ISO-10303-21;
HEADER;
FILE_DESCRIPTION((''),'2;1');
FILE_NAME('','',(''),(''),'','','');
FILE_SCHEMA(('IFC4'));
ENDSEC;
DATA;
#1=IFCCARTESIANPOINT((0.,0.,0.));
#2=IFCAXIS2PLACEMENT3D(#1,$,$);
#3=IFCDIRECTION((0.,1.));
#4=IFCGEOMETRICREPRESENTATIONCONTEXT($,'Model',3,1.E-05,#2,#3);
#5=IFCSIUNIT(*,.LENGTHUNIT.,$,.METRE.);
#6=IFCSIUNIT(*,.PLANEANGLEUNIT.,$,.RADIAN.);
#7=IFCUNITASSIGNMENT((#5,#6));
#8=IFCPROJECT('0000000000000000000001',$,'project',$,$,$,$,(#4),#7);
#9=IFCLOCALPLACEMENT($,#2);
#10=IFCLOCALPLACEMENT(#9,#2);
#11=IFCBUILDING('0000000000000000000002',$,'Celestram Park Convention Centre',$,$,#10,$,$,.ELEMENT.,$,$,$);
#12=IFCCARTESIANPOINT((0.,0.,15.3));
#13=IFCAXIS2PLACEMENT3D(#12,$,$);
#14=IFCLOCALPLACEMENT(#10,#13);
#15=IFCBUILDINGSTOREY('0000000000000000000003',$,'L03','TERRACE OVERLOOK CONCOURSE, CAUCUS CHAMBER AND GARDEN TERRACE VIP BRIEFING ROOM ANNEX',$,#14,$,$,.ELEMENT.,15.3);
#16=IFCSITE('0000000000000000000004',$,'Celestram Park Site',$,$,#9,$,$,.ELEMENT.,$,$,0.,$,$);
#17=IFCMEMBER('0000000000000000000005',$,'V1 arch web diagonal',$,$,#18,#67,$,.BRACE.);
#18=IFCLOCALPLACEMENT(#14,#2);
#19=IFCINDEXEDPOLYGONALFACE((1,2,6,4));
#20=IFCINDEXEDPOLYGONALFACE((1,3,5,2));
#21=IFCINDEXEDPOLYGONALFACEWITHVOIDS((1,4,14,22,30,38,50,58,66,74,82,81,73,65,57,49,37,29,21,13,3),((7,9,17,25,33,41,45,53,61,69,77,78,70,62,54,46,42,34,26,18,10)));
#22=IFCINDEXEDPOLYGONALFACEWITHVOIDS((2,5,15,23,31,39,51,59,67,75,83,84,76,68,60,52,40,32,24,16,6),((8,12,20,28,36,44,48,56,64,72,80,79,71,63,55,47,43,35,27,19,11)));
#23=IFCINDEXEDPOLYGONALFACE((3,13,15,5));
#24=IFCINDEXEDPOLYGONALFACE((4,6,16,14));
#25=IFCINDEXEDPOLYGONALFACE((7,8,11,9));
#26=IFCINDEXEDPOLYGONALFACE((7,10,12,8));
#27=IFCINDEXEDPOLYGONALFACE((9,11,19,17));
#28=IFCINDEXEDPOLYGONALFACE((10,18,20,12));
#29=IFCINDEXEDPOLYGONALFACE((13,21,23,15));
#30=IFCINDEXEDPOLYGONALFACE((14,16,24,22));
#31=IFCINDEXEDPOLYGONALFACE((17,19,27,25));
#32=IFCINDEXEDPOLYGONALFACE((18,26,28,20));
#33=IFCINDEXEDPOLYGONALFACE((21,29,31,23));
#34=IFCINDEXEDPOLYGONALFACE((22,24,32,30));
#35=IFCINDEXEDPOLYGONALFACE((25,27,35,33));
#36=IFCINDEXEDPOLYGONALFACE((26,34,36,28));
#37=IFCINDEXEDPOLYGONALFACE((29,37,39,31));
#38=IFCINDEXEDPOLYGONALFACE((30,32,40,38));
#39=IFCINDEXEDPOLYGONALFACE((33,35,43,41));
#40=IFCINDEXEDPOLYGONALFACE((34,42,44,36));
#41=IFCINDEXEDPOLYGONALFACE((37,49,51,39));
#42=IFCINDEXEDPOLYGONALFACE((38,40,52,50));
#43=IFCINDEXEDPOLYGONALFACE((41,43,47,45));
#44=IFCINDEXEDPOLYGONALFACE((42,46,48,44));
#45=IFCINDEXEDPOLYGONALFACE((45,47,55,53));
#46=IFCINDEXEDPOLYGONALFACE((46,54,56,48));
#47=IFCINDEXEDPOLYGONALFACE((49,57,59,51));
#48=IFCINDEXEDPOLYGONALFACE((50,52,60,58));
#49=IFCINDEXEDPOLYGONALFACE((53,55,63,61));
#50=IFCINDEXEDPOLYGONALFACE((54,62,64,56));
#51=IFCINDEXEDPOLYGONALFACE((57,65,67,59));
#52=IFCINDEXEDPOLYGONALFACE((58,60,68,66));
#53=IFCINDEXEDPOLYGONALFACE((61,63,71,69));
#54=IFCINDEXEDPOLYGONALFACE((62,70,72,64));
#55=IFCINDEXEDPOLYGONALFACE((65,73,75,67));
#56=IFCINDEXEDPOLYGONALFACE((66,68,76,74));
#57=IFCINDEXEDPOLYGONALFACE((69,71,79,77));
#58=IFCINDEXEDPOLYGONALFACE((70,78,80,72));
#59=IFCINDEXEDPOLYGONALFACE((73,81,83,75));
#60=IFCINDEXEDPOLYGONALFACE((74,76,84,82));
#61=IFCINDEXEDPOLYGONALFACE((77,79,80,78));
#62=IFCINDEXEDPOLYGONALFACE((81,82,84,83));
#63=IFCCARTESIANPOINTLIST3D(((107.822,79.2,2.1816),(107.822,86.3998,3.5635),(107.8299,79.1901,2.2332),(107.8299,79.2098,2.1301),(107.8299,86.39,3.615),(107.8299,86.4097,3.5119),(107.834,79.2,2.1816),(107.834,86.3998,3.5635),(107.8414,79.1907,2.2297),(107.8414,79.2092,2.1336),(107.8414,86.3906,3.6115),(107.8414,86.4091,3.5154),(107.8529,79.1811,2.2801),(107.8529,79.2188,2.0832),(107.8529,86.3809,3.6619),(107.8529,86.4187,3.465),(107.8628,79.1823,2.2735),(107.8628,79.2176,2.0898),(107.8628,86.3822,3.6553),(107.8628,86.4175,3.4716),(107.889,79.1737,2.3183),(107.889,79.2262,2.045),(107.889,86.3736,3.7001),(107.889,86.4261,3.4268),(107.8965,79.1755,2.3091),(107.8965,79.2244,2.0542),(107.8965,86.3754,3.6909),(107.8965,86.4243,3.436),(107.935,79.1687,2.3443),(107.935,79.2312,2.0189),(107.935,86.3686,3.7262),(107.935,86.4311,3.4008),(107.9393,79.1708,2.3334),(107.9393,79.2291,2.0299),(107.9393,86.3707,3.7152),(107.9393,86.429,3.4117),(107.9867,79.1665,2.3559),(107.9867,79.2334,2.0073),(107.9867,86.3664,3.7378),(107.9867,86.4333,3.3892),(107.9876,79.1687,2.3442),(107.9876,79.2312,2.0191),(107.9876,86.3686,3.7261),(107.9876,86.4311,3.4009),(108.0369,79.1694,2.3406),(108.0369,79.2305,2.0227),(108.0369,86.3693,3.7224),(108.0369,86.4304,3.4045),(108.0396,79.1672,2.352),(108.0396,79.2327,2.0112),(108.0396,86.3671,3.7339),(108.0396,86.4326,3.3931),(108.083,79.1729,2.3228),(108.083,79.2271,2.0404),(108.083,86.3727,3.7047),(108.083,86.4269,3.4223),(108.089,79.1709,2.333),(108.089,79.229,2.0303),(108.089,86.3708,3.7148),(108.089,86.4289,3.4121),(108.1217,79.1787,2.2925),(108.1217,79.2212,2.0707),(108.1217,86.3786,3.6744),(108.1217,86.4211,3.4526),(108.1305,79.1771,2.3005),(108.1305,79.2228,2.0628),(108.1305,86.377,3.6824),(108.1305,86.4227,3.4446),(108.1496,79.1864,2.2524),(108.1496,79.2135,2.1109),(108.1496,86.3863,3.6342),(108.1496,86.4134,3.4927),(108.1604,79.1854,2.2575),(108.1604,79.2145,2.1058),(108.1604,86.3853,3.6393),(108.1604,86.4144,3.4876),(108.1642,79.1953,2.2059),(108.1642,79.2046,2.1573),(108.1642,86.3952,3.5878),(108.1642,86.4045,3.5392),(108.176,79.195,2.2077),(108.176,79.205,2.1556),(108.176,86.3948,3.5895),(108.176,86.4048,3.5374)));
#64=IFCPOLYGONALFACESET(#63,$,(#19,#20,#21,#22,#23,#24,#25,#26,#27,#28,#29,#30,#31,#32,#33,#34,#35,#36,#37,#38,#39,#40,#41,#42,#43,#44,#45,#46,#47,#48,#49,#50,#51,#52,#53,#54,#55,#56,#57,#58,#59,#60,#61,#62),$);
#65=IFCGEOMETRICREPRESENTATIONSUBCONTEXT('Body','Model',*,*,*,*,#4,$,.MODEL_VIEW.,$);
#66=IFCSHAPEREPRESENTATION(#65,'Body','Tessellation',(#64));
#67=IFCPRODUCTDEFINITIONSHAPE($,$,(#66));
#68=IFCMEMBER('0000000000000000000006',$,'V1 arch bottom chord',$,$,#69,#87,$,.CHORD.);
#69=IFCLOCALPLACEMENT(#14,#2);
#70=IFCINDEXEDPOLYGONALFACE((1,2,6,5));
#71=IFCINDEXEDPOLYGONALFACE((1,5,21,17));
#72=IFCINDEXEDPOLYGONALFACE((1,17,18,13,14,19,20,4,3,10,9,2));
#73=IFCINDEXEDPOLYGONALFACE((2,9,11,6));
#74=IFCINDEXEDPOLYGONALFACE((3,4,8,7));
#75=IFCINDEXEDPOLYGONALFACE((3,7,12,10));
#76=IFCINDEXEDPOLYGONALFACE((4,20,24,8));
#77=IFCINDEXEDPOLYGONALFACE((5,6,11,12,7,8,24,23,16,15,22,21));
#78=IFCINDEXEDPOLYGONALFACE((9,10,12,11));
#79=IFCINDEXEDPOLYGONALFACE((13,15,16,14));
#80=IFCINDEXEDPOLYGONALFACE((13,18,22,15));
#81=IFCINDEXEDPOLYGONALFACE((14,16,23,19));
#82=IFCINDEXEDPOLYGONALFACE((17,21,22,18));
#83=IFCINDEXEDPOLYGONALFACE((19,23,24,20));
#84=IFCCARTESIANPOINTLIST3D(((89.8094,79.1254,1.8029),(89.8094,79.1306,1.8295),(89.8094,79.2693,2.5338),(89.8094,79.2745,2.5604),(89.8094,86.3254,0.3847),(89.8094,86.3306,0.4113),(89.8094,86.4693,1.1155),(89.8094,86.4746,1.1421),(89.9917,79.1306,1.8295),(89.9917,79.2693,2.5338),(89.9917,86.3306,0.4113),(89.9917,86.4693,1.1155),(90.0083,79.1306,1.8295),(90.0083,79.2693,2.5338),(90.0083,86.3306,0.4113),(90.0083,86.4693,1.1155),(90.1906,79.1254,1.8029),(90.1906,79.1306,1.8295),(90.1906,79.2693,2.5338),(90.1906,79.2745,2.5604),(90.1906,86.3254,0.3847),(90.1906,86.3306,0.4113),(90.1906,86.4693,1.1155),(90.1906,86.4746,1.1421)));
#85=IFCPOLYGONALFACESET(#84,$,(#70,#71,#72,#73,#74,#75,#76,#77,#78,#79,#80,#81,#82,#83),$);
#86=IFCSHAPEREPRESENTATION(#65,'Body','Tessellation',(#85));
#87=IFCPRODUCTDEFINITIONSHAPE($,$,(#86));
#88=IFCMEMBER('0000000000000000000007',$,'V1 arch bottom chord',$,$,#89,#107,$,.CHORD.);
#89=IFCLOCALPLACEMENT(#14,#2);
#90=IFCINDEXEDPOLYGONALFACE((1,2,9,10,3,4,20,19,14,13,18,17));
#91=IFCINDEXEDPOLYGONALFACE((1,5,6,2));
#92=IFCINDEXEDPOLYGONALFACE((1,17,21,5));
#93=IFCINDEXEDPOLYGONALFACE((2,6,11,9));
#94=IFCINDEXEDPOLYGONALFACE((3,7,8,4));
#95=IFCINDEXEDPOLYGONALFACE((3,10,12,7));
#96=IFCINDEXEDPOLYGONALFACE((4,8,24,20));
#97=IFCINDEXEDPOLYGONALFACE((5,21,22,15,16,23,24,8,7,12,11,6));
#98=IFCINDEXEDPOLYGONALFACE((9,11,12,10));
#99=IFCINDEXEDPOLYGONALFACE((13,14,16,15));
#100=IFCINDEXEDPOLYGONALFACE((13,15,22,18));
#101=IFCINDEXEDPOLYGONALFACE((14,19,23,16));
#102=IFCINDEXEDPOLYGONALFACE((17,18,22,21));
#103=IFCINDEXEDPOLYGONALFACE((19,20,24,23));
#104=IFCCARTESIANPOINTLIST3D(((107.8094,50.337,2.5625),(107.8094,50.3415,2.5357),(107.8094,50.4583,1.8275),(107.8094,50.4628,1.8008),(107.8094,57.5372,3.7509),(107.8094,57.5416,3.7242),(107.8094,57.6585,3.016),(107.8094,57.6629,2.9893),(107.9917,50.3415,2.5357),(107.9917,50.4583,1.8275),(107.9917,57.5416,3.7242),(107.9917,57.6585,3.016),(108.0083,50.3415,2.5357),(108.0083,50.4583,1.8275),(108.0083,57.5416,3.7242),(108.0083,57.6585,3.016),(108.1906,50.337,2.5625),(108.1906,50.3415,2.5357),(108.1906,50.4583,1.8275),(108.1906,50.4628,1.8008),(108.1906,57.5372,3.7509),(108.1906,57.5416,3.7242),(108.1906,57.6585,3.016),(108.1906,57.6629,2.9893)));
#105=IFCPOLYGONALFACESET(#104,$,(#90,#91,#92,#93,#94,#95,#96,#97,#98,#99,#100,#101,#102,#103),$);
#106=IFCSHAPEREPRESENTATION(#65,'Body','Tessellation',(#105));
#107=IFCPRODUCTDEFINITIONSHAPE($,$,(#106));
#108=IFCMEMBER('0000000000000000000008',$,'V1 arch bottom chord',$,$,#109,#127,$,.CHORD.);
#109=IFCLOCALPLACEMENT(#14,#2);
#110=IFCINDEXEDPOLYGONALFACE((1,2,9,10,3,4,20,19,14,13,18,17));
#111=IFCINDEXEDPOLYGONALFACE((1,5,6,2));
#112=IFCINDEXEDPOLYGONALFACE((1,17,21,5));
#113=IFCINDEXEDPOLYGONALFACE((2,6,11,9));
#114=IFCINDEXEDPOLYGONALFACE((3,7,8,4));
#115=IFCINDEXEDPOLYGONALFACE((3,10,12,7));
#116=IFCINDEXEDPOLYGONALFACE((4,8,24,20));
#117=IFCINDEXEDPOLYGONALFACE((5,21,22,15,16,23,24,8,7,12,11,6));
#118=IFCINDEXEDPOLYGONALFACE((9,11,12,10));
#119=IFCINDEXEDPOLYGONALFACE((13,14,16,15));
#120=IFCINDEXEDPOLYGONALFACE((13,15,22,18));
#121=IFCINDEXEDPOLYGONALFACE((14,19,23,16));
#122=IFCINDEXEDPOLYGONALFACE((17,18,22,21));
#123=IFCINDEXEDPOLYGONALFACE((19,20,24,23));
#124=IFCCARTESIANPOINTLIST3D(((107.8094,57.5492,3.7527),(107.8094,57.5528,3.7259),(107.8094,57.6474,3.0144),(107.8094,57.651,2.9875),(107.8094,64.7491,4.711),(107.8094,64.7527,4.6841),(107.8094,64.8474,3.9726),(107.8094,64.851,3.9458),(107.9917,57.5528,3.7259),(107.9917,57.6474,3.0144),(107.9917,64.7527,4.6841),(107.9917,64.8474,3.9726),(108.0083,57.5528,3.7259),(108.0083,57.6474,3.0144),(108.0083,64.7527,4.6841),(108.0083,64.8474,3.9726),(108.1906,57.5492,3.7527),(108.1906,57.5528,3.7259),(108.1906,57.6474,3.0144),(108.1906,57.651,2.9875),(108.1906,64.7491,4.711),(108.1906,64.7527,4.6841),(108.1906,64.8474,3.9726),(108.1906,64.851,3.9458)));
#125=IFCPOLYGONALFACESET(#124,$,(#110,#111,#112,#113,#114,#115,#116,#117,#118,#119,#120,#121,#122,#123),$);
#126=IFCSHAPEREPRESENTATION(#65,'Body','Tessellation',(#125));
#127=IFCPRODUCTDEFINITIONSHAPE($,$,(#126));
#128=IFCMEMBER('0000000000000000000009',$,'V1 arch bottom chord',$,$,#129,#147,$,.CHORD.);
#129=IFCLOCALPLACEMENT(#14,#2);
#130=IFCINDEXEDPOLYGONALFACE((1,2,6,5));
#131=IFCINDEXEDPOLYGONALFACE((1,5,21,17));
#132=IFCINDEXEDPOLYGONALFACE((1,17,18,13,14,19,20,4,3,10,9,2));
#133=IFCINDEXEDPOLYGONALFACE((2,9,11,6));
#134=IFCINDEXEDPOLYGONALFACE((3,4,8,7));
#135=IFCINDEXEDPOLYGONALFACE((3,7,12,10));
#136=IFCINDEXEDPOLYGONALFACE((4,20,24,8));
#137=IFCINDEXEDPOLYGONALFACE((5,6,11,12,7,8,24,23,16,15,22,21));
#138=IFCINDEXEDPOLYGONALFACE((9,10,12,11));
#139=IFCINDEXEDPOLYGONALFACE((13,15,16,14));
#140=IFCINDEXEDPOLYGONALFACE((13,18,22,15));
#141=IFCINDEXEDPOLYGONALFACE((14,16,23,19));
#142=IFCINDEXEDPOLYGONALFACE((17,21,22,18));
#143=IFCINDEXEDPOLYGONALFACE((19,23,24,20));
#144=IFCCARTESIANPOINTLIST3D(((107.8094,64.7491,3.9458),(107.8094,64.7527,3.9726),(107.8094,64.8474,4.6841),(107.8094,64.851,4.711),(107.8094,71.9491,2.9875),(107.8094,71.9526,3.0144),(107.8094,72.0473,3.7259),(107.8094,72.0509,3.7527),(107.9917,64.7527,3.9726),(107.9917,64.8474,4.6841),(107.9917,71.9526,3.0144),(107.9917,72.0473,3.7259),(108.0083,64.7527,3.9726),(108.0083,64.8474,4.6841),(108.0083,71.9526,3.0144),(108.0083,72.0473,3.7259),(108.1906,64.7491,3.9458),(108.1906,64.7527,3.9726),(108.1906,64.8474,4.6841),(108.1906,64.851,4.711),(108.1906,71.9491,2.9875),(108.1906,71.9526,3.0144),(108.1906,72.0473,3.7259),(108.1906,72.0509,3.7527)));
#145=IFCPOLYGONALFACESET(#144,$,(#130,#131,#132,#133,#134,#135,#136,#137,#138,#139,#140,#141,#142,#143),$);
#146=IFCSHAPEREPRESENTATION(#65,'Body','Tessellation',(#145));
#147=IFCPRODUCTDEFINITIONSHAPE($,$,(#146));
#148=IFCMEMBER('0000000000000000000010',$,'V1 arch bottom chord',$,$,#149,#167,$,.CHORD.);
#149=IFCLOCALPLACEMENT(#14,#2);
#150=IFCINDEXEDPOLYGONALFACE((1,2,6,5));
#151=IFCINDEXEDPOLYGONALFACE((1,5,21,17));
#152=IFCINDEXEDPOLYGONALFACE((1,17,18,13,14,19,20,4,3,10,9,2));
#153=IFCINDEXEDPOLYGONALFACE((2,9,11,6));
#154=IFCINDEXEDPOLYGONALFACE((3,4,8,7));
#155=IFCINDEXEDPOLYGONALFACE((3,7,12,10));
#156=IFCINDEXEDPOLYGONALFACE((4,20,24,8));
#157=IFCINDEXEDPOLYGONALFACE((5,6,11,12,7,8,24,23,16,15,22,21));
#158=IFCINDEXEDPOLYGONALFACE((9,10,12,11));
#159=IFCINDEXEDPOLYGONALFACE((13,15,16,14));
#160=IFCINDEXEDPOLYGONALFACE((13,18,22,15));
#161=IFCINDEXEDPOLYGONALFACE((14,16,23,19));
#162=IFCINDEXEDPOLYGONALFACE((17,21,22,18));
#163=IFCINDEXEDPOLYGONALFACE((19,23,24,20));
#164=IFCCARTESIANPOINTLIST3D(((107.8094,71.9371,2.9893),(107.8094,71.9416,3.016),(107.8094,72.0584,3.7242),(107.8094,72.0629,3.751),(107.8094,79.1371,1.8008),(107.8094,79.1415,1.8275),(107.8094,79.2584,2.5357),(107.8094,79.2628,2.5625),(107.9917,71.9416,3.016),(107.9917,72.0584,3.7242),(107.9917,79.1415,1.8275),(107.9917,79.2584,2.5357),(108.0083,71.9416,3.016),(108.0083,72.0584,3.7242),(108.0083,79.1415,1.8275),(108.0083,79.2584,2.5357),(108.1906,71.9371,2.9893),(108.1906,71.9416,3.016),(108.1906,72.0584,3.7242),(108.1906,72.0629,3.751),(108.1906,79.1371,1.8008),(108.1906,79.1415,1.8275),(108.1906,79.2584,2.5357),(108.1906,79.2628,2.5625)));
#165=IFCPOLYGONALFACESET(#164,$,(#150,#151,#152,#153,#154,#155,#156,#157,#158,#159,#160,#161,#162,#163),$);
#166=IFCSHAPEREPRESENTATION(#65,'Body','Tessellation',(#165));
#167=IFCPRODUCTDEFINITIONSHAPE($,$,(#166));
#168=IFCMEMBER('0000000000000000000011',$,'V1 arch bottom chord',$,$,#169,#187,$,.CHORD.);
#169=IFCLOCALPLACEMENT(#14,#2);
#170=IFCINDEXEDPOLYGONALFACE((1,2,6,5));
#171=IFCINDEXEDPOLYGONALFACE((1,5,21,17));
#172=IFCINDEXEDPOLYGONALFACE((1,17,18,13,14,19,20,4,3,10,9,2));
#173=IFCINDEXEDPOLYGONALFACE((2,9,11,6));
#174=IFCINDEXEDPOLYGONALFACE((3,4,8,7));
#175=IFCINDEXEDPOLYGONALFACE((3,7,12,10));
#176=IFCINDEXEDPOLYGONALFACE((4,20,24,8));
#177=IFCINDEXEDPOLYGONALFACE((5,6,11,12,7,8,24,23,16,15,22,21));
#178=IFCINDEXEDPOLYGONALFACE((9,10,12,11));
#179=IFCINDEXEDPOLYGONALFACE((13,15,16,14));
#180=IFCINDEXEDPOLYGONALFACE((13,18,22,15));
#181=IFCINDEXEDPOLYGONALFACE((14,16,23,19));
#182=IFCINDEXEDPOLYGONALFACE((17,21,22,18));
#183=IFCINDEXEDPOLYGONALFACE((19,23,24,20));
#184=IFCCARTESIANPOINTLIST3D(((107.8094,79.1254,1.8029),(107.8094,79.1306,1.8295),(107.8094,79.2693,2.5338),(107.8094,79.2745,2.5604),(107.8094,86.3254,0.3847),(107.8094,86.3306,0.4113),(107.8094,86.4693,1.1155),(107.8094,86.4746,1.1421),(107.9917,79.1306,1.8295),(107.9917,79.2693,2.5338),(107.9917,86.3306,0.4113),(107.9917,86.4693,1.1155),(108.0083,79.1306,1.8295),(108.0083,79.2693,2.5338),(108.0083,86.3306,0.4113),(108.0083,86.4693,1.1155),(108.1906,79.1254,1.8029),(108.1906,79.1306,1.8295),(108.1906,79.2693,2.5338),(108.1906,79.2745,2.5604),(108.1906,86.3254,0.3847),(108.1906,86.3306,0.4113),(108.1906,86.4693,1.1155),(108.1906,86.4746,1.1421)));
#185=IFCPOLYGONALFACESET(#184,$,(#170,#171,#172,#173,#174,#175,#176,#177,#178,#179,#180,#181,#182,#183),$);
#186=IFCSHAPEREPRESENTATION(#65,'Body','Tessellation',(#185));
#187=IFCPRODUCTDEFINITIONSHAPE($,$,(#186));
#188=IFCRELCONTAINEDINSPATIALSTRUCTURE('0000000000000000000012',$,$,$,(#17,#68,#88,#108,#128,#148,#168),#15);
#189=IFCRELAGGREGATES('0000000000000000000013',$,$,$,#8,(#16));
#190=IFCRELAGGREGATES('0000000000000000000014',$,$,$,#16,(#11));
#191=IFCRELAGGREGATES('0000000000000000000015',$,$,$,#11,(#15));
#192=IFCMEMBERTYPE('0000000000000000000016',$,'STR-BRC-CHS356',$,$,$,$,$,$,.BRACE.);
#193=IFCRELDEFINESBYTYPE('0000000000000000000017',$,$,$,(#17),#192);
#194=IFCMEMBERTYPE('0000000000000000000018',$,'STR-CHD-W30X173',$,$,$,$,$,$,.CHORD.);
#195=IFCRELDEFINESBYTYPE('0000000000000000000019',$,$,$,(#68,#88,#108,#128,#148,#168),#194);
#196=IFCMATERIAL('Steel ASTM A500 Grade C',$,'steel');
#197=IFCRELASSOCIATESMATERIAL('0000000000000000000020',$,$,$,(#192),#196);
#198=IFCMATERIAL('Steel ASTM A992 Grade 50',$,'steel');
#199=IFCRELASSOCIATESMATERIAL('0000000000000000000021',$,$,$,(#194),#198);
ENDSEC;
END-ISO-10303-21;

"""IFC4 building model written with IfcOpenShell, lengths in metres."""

from ifc_helpers import new_model, si_unit, direction, frame, origin, origin_2d, place, context, subcontext, project, spatial, hollow_circle, i_section, extrude, material, material_profile, profile_set, type_object, element, save


model = new_model("IFC4")

# Units and contexts
model_context = context("Model", 3, precision=1e-05, world=origin(), true_north=direction((0.0, 1.0)))
body_context = subcontext(model_context, "Body", "Model", "MODEL_VIEW")
ifc_project = project(units=[si_unit("LENGTHUNIT", "METRE"), si_unit("PLANEANGLEUNIT", "RADIAN")], contexts=[model_context])

# Site, building, storey
site_placement = place(None, origin())
site = spatial("IfcSite", under=ifc_project, at=site_placement, Name="Celestram Park Site", CompositionType="ELEMENT", RefElevation=0.0)
building_placement = place(site_placement, origin())
building = spatial("IfcBuilding", under=site, at=building_placement, Name="Celestram Park Convention Centre", CompositionType="ELEMENT")
storey_placement = place(building_placement, frame((0.0, 0.0, 15.3)))
storey = spatial("IfcBuildingStorey", under=building, at=storey_placement, Name="L03", Description="TERRACE OVERLOOK CONCOURSE, CAUCUS CHAMBER AND GARDEN TERRACE VIP BRIEFING ROOM ANNEX", CompositionType="ELEMENT", Elevation=15.3)

# Members
ifc_material_1 = material(Name="Steel ASTM A500 Grade C", Category="steel")
ifc_material_profile_1 = material_profile(ifc_material_1, hollow_circle(Radius=0.178, WallThickness=0.012, at=origin_2d()), Name="CHS356X12")
ifc_profile_set_1 = profile_set([ifc_material_profile_1], Name="Steel ASTM A500 Grade C")
member_type_1 = type_object("IfcMemberType", Name="STR-BRC-CHS356", PredefinedType="BRACE", material=ifc_profile_set_1)
member_1_placement = place(storey_placement, frame((108.0, 79.2, 2.1816), z_axis=(0.0, 0.982076, 0.188483), x_axis=(-1.0, 0.0, 0.0)))
element("IfcMember", 1, at=member_1_placement, inside=storey, type_object=member_type_1, Name="V1 arch web diagonal", PredefinedType="BRACE", context=body_context, shape_type="SweptSolid", body=[
    extrude(hollow_circle(Radius=0.178, WallThickness=0.012, at=origin_2d()), origin(), (0.0, 0.0, 1.0), 7.3313),
])
ifc_material_2 = material(Name="Steel ASTM A992 Grade 50", Category="steel")
ifc_material_profile_2 = material_profile(ifc_material_2, i_section(OverallWidth=0.3811, OverallDepth=0.772, WebThickness=0.0166, FlangeThickness=0.0271, at=origin_2d()), Name="W30X173")
ifc_profile_set_2 = profile_set([ifc_material_profile_2], Name="Steel ASTM A992 Grade 50")
member_type_2 = type_object("IfcMemberType", Name="STR-CHD-W30X173", PredefinedType="CHORD", material=ifc_profile_set_2)
member_2_placement = place(storey_placement, frame((90.0, 79.2, 2.1816), z_axis=(0.0, 0.981147, -0.193262), x_axis=(-1.0, 0.0, 0.0)))
element("IfcMember", 2, at=member_2_placement, inside=storey, type_object=member_type_2, Name="V1 arch bottom chord", PredefinedType="CHORD", context=body_context, shape_type="SweptSolid", body=[
    extrude(i_section(OverallWidth=0.3811, OverallDepth=0.772, WebThickness=0.0166, FlangeThickness=0.0271, at=origin_2d()), origin(), (0.0, 0.0, 1.0), 7.3384),
])
member_3_placement = place(storey_placement, frame((108.0, 50.3999, 2.1816), z_axis=(0.0, 0.98665, 0.162858), x_axis=(-1.0, 0.0, 0.0)))
element("IfcMember", 3, at=member_3_placement, inside=storey, type_object=member_type_2, Name="V1 arch bottom chord", PredefinedType="CHORD", context=body_context, shape_type="SweptSolid", body=[
    extrude(i_section(OverallWidth=0.3811, OverallDepth=0.772, WebThickness=0.0166, FlangeThickness=0.0271, at=origin_2d()), origin(), (0.0, 0.0, 1.0), 7.2976),
])
for number, where, z_axis, x_axis, name in (
    (4, (108.0, 57.6001, 3.3701), (0.0, 0.991259, 0.131928), (-1.0, 0.0, 0.0), "V1 arch bottom chord"),
    (5, (108.0, 64.8, 4.3284), (0.0, 0.991259, -0.131928), (-1.0, 0.0, 0.0), "V1 arch bottom chord"),
):
    element("IfcMember", number, at=place(storey_placement, frame(where, z_axis=z_axis, x_axis=x_axis)), inside=storey, type_object=member_type_2, Name=name, PredefinedType="CHORD", context=body_context, shape_type="SweptSolid", body=[
        extrude(i_section(OverallWidth=0.3811, OverallDepth=0.772, WebThickness=0.0166, FlangeThickness=0.0271, at=origin_2d()), origin(), (0.0, 0.0, 1.0), 7.2634),
    ])
member_4_placement = place(storey_placement, frame((108.0, 72.0, 3.3701), z_axis=(0.0, 0.986649, -0.162863), x_axis=(-1.0, 0.0, 0.0)))
element("IfcMember", 6, at=member_4_placement, inside=storey, type_object=member_type_2, Name="V1 arch bottom chord", PredefinedType="CHORD", context=body_context, shape_type="SweptSolid", body=[
    extrude(i_section(OverallWidth=0.3811, OverallDepth=0.772, WebThickness=0.0166, FlangeThickness=0.0271, at=origin_2d()), origin(), (0.0, 0.0, 1.0), 7.2974),
])
member_5_placement = place(storey_placement, frame((108.0, 79.2, 2.1816), z_axis=(0.0, 0.981147, -0.193262), x_axis=(-1.0, 0.0, 0.0)))
element("IfcMember", 7, at=member_5_placement, inside=storey, type_object=member_type_2, Name="V1 arch bottom chord", PredefinedType="CHORD", context=body_context, shape_type="SweptSolid", body=[
    extrude(i_section(OverallWidth=0.3811, OverallDepth=0.772, WebThickness=0.0166, FlangeThickness=0.0271, at=origin_2d()), origin(), (0.0, 0.0, 1.0), 7.3384),
])

save(model, "model.ifc")
